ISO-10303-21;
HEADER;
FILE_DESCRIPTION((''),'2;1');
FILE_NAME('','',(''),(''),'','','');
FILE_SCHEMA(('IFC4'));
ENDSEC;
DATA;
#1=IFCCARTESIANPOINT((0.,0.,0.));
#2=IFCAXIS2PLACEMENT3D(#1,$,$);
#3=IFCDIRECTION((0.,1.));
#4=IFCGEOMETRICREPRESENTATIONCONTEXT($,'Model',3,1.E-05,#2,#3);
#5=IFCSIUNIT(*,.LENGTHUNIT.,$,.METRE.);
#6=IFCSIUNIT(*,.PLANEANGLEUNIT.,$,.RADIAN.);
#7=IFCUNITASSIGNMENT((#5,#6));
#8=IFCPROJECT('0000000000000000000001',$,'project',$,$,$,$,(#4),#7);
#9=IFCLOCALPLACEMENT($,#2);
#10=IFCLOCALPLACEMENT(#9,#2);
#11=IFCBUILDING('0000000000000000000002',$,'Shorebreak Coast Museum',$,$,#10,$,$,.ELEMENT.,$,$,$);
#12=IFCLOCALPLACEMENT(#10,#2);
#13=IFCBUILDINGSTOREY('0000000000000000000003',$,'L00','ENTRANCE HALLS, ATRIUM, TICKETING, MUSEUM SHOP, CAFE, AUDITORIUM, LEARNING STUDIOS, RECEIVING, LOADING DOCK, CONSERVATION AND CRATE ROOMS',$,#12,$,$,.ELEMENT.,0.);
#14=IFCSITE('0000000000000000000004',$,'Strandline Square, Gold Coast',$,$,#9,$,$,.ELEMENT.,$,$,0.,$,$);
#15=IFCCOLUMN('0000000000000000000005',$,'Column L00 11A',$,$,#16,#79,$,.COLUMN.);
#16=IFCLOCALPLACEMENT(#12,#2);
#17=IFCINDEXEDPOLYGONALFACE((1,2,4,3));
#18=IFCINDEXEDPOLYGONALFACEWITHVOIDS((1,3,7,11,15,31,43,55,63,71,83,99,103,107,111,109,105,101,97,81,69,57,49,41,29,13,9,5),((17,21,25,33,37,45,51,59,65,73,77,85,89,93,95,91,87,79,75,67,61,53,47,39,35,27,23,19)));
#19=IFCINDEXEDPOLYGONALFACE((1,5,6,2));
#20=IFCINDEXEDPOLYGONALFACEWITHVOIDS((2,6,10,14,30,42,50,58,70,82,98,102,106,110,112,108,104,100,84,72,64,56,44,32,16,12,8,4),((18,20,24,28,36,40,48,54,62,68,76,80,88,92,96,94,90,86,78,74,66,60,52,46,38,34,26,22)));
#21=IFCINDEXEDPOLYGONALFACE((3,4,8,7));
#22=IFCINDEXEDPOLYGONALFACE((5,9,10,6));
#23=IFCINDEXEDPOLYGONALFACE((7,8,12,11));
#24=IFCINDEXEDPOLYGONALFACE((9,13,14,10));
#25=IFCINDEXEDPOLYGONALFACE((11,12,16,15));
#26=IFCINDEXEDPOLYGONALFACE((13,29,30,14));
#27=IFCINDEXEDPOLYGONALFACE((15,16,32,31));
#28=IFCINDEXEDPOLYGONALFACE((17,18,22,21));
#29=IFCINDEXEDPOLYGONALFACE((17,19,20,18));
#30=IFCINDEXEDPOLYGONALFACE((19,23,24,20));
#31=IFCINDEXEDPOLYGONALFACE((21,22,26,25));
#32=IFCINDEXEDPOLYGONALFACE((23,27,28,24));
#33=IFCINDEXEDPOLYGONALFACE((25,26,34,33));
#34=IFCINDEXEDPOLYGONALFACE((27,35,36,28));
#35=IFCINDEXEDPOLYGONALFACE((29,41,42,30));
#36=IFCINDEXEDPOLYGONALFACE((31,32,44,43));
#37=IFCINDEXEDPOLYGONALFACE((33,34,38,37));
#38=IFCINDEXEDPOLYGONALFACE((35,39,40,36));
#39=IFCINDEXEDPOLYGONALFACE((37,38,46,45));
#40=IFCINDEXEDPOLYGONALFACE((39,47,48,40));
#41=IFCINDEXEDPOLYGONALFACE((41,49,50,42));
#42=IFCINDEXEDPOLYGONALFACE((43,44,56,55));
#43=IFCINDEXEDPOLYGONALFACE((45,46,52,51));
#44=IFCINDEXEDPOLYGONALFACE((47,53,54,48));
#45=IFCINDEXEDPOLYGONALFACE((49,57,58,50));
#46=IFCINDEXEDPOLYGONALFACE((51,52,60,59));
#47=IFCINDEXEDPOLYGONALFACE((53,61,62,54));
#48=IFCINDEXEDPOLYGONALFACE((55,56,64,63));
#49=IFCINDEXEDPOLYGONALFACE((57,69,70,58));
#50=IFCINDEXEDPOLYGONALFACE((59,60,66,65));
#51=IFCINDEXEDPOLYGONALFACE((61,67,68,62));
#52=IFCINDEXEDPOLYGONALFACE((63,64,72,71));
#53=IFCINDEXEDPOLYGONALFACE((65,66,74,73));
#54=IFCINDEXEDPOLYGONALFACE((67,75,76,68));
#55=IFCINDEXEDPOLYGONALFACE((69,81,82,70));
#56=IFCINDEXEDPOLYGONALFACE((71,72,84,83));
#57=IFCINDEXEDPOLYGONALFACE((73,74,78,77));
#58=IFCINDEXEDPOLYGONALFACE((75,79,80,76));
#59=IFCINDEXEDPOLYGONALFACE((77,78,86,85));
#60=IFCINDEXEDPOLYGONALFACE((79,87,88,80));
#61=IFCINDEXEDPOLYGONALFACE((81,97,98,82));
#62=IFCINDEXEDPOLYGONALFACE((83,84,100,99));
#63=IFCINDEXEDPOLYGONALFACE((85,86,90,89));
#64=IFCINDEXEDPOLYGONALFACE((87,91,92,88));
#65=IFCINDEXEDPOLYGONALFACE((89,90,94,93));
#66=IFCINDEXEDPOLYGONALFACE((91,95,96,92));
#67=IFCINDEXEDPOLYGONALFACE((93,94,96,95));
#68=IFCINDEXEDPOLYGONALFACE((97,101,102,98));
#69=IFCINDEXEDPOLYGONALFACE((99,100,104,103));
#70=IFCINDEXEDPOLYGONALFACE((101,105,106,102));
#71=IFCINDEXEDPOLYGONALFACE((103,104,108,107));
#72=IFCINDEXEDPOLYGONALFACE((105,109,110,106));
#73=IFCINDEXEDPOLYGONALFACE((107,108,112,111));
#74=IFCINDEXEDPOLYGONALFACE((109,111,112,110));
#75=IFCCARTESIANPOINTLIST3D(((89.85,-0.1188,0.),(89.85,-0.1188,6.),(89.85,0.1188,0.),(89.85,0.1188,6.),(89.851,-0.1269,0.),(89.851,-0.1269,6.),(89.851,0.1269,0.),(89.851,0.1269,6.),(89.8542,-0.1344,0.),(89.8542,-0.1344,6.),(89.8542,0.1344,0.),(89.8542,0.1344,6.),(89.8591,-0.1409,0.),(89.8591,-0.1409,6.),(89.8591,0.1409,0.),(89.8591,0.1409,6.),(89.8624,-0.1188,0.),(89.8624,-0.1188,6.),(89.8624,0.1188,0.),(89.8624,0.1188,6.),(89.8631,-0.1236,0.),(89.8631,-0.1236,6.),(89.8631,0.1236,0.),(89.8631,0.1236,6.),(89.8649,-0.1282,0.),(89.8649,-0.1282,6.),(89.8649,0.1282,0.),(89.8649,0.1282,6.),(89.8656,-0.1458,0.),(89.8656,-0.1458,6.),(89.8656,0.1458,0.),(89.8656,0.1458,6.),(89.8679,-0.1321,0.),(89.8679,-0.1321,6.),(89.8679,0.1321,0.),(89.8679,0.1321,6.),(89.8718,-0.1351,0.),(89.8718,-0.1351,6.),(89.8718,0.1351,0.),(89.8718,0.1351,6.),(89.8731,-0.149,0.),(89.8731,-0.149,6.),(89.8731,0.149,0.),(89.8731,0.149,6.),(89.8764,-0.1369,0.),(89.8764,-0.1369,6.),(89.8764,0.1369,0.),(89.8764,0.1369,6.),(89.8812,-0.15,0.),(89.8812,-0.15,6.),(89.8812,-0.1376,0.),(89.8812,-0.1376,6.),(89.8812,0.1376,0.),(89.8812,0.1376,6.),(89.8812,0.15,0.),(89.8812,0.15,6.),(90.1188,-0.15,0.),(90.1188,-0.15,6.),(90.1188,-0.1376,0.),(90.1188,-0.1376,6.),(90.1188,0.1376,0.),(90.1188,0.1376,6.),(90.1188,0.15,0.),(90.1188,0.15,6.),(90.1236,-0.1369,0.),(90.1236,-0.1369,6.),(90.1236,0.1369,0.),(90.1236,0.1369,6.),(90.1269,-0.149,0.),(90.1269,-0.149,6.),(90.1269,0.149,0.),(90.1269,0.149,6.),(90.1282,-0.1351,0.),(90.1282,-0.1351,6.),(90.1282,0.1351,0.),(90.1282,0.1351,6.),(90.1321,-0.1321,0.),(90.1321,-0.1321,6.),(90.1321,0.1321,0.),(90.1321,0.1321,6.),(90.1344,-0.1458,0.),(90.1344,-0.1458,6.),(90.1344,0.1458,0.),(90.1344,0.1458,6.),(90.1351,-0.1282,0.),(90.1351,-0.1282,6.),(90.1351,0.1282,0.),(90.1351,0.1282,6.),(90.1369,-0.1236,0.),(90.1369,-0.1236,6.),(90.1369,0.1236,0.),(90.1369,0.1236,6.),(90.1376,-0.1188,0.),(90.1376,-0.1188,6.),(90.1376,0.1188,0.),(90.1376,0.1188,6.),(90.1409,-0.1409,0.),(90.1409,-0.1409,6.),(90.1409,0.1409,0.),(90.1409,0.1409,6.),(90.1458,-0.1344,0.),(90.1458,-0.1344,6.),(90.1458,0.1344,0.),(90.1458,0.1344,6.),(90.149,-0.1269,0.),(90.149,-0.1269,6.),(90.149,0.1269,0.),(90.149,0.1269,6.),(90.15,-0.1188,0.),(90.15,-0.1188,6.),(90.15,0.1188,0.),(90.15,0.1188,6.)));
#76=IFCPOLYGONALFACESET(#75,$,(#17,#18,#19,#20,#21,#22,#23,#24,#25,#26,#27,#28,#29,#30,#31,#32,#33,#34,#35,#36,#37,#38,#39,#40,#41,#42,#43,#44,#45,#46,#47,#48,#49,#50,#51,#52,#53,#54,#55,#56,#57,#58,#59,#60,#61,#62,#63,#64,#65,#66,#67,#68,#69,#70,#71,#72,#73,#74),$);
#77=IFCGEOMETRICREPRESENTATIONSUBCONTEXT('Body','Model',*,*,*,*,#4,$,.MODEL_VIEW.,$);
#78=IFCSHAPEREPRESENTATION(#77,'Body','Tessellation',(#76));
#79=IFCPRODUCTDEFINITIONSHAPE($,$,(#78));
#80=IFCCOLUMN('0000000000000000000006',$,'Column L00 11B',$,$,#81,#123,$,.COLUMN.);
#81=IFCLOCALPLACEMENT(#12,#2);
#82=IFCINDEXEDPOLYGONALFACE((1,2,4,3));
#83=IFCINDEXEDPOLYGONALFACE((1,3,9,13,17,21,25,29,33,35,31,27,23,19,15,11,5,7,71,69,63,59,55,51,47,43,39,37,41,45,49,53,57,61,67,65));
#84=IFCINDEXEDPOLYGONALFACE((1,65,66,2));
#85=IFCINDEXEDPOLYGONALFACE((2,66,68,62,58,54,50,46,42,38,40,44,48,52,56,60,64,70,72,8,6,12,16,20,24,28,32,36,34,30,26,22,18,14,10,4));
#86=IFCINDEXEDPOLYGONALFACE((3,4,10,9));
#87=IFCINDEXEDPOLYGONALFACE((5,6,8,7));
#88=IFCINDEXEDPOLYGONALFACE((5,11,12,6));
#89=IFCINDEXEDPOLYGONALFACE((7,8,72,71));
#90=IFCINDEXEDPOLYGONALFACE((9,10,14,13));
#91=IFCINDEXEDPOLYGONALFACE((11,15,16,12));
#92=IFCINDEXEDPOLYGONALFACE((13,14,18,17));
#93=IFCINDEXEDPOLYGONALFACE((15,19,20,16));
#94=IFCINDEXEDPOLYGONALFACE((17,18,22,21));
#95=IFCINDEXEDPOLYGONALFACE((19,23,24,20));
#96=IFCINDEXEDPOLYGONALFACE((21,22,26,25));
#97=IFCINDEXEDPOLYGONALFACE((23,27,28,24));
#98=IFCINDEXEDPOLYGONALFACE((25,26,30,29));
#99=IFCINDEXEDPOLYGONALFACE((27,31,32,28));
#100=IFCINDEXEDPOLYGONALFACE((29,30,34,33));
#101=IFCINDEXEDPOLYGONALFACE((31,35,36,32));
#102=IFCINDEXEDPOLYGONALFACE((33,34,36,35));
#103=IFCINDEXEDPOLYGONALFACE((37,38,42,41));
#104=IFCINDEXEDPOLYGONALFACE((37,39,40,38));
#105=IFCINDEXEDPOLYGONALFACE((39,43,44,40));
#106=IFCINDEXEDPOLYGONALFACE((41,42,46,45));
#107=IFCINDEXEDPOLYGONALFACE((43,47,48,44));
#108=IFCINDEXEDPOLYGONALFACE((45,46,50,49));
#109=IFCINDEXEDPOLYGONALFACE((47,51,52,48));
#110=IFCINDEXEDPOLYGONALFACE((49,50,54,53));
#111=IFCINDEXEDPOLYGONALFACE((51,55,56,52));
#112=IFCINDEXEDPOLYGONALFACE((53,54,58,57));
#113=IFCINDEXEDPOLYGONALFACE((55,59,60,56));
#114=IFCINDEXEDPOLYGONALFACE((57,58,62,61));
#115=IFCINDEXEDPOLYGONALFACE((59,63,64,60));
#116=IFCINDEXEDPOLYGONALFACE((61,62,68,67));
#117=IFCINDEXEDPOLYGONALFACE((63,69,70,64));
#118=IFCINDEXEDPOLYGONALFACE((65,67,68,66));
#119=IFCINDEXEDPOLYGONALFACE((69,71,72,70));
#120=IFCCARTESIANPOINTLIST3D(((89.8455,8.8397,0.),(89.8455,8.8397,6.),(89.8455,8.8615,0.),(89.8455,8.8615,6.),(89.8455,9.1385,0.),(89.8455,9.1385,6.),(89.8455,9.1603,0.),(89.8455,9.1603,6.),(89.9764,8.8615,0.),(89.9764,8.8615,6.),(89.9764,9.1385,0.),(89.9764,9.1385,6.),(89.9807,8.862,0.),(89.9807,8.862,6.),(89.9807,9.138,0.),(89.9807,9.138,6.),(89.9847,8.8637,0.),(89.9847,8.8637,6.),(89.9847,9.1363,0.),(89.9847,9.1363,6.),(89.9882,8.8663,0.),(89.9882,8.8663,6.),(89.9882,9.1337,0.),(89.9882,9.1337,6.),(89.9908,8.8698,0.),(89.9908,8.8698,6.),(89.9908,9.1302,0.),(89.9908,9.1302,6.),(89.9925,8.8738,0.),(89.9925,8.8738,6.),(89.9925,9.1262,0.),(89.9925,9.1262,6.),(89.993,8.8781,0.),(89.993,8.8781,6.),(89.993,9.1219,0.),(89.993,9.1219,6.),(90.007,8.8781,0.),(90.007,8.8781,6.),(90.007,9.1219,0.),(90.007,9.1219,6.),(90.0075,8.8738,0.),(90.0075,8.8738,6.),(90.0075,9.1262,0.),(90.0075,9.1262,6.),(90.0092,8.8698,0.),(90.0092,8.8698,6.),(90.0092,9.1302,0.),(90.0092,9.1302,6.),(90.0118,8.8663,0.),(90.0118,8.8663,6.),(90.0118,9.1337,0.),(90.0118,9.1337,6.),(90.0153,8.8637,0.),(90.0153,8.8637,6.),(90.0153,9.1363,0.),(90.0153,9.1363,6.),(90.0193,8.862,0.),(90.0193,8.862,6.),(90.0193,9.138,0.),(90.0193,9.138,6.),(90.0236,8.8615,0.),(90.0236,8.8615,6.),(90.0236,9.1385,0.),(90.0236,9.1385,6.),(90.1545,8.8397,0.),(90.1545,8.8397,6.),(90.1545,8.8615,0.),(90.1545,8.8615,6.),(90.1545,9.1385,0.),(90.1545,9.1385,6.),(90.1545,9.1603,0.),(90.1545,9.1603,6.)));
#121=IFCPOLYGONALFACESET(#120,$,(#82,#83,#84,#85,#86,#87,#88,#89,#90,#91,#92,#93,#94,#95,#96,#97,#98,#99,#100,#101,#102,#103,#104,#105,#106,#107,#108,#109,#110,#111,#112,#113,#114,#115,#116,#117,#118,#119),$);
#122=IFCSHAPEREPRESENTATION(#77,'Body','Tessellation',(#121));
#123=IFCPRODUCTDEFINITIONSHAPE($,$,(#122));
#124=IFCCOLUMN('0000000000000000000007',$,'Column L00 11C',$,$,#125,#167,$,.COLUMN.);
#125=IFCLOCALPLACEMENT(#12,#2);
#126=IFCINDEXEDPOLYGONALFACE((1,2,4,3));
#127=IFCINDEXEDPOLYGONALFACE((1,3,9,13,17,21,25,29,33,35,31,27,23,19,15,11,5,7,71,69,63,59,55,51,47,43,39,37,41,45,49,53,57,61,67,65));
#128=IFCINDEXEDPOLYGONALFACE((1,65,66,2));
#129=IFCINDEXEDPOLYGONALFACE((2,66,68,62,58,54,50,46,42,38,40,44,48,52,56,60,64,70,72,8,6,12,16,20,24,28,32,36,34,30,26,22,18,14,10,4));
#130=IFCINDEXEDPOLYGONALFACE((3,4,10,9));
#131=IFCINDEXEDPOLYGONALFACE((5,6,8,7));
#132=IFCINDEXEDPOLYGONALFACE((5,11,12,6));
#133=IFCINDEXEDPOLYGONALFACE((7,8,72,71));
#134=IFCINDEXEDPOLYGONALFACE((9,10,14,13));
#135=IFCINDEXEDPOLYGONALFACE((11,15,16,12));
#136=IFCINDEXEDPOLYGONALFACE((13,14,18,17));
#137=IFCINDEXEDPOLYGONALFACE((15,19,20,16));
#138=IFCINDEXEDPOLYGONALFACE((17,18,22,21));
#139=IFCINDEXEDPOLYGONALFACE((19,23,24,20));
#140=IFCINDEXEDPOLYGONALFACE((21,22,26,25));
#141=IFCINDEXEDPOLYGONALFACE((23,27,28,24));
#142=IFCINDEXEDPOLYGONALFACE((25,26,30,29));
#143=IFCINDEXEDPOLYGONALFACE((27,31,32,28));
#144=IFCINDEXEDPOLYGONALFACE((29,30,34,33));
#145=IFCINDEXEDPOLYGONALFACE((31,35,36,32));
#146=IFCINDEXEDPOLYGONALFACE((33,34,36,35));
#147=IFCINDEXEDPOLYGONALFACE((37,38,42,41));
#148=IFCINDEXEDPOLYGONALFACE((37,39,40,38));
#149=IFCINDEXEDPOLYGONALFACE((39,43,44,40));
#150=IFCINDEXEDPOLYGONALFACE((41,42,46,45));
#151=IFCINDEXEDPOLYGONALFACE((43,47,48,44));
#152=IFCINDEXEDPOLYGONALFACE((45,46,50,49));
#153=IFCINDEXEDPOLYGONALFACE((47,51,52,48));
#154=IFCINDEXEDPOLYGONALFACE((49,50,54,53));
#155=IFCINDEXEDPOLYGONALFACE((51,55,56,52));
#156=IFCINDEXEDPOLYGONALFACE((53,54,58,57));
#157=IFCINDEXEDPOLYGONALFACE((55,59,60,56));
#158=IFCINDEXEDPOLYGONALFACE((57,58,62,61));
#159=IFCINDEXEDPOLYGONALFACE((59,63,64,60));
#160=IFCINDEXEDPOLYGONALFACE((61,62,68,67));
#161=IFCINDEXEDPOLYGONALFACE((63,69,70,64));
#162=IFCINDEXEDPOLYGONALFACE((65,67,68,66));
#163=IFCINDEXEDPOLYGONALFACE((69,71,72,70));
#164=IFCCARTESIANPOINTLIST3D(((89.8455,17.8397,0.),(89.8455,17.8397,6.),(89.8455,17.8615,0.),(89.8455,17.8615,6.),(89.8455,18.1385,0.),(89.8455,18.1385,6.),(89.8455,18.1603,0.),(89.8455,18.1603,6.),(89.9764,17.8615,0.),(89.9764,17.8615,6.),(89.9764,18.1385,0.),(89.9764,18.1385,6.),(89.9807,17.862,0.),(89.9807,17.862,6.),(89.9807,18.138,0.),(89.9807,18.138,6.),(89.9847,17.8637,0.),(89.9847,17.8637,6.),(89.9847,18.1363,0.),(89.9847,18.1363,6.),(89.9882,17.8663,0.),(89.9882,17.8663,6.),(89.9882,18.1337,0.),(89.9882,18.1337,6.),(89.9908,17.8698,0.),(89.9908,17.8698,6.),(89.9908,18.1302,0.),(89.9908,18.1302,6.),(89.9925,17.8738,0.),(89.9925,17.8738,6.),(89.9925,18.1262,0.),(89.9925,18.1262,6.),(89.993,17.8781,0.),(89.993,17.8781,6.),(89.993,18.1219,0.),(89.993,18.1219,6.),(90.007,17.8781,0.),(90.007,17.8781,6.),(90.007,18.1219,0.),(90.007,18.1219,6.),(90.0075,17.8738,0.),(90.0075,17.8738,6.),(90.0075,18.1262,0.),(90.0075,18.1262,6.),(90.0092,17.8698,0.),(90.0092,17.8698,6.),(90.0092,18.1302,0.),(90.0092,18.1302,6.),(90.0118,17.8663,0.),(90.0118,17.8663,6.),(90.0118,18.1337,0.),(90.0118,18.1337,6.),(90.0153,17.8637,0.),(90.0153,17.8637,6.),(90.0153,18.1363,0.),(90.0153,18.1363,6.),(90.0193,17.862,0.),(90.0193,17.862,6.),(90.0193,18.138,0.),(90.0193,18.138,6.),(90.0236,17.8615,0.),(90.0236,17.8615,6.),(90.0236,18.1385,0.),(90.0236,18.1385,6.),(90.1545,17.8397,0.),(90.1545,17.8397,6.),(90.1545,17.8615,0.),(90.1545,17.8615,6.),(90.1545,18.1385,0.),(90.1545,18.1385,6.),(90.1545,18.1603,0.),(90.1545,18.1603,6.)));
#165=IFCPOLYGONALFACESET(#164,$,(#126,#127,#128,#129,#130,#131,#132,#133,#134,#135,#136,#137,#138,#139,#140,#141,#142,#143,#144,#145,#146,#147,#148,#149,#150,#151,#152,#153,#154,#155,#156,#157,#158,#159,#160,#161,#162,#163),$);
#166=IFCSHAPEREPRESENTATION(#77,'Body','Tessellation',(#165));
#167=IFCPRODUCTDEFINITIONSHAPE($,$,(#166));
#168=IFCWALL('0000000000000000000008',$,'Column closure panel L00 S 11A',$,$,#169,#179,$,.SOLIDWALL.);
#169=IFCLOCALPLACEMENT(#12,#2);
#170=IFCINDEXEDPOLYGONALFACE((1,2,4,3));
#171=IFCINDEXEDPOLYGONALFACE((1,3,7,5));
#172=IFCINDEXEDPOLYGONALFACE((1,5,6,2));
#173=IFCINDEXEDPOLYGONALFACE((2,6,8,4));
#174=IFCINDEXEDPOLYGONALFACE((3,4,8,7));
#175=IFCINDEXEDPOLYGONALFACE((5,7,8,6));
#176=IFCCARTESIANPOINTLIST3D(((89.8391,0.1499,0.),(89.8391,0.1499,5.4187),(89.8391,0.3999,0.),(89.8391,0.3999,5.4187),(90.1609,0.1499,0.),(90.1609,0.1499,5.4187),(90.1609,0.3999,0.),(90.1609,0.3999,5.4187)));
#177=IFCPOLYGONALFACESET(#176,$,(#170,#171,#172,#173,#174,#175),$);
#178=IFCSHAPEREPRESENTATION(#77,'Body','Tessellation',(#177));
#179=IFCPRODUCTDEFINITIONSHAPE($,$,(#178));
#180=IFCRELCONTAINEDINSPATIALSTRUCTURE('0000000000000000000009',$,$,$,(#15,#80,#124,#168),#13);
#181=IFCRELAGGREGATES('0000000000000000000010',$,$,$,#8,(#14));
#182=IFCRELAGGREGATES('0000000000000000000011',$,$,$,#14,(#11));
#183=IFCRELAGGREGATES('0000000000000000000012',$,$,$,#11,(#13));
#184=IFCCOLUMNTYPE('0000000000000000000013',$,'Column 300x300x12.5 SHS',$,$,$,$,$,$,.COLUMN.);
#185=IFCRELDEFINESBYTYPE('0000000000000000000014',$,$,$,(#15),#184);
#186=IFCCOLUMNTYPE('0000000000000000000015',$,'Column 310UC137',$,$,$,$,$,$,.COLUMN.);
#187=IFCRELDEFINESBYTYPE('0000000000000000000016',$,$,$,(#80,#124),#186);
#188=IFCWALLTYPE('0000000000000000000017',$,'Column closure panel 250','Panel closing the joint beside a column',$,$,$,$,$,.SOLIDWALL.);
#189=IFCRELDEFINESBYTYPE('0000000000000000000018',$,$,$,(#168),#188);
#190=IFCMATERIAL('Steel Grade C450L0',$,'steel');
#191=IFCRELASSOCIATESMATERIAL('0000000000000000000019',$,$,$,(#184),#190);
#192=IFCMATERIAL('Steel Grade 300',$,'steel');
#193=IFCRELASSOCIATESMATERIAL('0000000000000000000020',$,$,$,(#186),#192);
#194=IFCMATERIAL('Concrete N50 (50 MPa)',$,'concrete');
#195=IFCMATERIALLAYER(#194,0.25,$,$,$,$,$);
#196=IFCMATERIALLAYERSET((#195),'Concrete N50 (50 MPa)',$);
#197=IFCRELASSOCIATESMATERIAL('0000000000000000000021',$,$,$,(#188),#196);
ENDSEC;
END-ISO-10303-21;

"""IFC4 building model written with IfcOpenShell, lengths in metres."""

from ifc_helpers import new_model, si_unit, direction, frame, frame_2d, origin, origin_2d, place, context, subcontext, project, spatial, rectangle, hollow_rectangle, i_section, extrude, material, layer, layer_set, material_profile, profile_set, type_object, element, save


model = new_model("IFC4")

# Units and contexts
model_context = context("Model", 3, precision=1e-05, world=origin(), true_north=direction((0.0, 1.0)))
body_context = subcontext(model_context, "Body", "Model", "MODEL_VIEW")
ifc_project = project(units=[si_unit("LENGTHUNIT", "METRE"), si_unit("PLANEANGLEUNIT", "RADIAN")], contexts=[model_context])

# Site, building, storey
site_placement = place(None, origin())
site = spatial("IfcSite", under=ifc_project, at=site_placement, Name="Strandline Square, Gold Coast", CompositionType="ELEMENT", RefElevation=0.0)
building_placement = place(site_placement, origin())
building = spatial("IfcBuilding", under=site, at=building_placement, Name="Shorebreak Coast Museum", CompositionType="ELEMENT")
storey_placement = place(building_placement, origin())
storey = spatial("IfcBuildingStorey", under=building, at=storey_placement, Name="L00", Description="ENTRANCE HALLS, ATRIUM, TICKETING, MUSEUM SHOP, CAFE, AUDITORIUM, LEARNING STUDIOS, RECEIVING, LOADING DOCK, CONSERVATION AND CRATE ROOMS", CompositionType="ELEMENT", Elevation=0.0)

# Columns
ifc_material_1 = material(Name="Steel Grade C450L0", Category="steel")
ifc_material_profile_1 = material_profile(ifc_material_1, hollow_rectangle(XDim=0.3, YDim=0.3, WallThickness=0.0125, InnerFilletRadius=0.0188, OuterFilletRadius=0.0312, at=origin_2d()), Name="300x300x12.5 SHS")
ifc_profile_set_1 = profile_set([ifc_material_profile_1], Name="Steel Grade C450L0")
column_type_1 = type_object("IfcColumnType", Name="Column 300x300x12.5 SHS", PredefinedType="COLUMN", material=ifc_profile_set_1)
column_placement = place(storey_placement, frame((90.0, 0.0, 0.0), z_axis=(0.0, 0.0, 1.0), x_axis=(1.0, 0.0, 0.0)))
element("IfcColumn", 1, at=column_placement, inside=storey, type_object=column_type_1, Name="Column L00 11A", PredefinedType="COLUMN", context=body_context, shape_type="SweptSolid", body=[
    extrude(hollow_rectangle(XDim=0.3, YDim=0.3, WallThickness=0.0125, InnerFilletRadius=0.0188, OuterFilletRadius=0.0312, at=origin_2d()), origin(), (0.0, 0.0, 1.0), 6.0),
])
ifc_material_2 = material(Name="Steel Grade 300", Category="steel")
ifc_material_profile_2 = material_profile(ifc_material_2, i_section(OverallWidth=0.3091, OverallDepth=0.3206, WebThickness=0.0139, FlangeThickness=0.0217, FilletRadius=0.0166, at=origin_2d()), Name="310UC137")
ifc_profile_set_2 = profile_set([ifc_material_profile_2], Name="Steel Grade 300")
column_type_2 = type_object("IfcColumnType", Name="Column 310UC137", PredefinedType="COLUMN", material=ifc_profile_set_2)
for number, where, z_axis, x_axis, name in (
    (2, (90.0, 9.0, 0.0), (0.0, 0.0, 1.0), (1.0, 0.0, 0.0), "Column L00 11B"),
    (3, (90.0, 18.0, 0.0), (0.0, 0.0, 1.0), (1.0, 0.0, 0.0), "Column L00 11C"),
):
    element("IfcColumn", number, at=place(storey_placement, frame(where, z_axis=z_axis, x_axis=x_axis)), inside=storey, type_object=column_type_2, Name=name, PredefinedType="COLUMN", context=body_context, shape_type="SweptSolid", body=[
        extrude(i_section(OverallWidth=0.3091, OverallDepth=0.3206, WebThickness=0.0139, FlangeThickness=0.0217, FilletRadius=0.0166, at=origin_2d()), origin(), (0.0, 0.0, 1.0), 6.0),
    ])

# Wall
ifc_material_3 = material(Name="Concrete N50 (50 MPa)", Category="concrete")
ifc_layer_1 = layer(ifc_material_3, 0.25)
ifc_layer_set_1 = layer_set([ifc_layer_1], Name="Concrete N50 (50 MPa)")
wall_type_1 = type_object("IfcWallType", Name="Column closure panel 250", Description="Panel closing the joint beside a column", PredefinedType="SOLIDWALL", material=ifc_layer_set_1)
wall_1_placement = place(storey_placement, frame((89.8391, 0.2749, 0.0), z_axis=(0.0, 0.0, 1.0), x_axis=(1.0, 0.0, 0.0)))
element("IfcWall", 4, at=wall_1_placement, inside=storey, type_object=wall_type_1, Name="Column closure panel L00 S 11A", PredefinedType="SOLIDWALL", context=body_context, shape_type="SweptSolid", body=[
    extrude(rectangle(XDim=0.3218, YDim=0.25, at=frame_2d((0.1609, 0.0))), origin(), (0.0, 0.0, 1.0), 5.4187),
])

save(model, "model.ifc")
